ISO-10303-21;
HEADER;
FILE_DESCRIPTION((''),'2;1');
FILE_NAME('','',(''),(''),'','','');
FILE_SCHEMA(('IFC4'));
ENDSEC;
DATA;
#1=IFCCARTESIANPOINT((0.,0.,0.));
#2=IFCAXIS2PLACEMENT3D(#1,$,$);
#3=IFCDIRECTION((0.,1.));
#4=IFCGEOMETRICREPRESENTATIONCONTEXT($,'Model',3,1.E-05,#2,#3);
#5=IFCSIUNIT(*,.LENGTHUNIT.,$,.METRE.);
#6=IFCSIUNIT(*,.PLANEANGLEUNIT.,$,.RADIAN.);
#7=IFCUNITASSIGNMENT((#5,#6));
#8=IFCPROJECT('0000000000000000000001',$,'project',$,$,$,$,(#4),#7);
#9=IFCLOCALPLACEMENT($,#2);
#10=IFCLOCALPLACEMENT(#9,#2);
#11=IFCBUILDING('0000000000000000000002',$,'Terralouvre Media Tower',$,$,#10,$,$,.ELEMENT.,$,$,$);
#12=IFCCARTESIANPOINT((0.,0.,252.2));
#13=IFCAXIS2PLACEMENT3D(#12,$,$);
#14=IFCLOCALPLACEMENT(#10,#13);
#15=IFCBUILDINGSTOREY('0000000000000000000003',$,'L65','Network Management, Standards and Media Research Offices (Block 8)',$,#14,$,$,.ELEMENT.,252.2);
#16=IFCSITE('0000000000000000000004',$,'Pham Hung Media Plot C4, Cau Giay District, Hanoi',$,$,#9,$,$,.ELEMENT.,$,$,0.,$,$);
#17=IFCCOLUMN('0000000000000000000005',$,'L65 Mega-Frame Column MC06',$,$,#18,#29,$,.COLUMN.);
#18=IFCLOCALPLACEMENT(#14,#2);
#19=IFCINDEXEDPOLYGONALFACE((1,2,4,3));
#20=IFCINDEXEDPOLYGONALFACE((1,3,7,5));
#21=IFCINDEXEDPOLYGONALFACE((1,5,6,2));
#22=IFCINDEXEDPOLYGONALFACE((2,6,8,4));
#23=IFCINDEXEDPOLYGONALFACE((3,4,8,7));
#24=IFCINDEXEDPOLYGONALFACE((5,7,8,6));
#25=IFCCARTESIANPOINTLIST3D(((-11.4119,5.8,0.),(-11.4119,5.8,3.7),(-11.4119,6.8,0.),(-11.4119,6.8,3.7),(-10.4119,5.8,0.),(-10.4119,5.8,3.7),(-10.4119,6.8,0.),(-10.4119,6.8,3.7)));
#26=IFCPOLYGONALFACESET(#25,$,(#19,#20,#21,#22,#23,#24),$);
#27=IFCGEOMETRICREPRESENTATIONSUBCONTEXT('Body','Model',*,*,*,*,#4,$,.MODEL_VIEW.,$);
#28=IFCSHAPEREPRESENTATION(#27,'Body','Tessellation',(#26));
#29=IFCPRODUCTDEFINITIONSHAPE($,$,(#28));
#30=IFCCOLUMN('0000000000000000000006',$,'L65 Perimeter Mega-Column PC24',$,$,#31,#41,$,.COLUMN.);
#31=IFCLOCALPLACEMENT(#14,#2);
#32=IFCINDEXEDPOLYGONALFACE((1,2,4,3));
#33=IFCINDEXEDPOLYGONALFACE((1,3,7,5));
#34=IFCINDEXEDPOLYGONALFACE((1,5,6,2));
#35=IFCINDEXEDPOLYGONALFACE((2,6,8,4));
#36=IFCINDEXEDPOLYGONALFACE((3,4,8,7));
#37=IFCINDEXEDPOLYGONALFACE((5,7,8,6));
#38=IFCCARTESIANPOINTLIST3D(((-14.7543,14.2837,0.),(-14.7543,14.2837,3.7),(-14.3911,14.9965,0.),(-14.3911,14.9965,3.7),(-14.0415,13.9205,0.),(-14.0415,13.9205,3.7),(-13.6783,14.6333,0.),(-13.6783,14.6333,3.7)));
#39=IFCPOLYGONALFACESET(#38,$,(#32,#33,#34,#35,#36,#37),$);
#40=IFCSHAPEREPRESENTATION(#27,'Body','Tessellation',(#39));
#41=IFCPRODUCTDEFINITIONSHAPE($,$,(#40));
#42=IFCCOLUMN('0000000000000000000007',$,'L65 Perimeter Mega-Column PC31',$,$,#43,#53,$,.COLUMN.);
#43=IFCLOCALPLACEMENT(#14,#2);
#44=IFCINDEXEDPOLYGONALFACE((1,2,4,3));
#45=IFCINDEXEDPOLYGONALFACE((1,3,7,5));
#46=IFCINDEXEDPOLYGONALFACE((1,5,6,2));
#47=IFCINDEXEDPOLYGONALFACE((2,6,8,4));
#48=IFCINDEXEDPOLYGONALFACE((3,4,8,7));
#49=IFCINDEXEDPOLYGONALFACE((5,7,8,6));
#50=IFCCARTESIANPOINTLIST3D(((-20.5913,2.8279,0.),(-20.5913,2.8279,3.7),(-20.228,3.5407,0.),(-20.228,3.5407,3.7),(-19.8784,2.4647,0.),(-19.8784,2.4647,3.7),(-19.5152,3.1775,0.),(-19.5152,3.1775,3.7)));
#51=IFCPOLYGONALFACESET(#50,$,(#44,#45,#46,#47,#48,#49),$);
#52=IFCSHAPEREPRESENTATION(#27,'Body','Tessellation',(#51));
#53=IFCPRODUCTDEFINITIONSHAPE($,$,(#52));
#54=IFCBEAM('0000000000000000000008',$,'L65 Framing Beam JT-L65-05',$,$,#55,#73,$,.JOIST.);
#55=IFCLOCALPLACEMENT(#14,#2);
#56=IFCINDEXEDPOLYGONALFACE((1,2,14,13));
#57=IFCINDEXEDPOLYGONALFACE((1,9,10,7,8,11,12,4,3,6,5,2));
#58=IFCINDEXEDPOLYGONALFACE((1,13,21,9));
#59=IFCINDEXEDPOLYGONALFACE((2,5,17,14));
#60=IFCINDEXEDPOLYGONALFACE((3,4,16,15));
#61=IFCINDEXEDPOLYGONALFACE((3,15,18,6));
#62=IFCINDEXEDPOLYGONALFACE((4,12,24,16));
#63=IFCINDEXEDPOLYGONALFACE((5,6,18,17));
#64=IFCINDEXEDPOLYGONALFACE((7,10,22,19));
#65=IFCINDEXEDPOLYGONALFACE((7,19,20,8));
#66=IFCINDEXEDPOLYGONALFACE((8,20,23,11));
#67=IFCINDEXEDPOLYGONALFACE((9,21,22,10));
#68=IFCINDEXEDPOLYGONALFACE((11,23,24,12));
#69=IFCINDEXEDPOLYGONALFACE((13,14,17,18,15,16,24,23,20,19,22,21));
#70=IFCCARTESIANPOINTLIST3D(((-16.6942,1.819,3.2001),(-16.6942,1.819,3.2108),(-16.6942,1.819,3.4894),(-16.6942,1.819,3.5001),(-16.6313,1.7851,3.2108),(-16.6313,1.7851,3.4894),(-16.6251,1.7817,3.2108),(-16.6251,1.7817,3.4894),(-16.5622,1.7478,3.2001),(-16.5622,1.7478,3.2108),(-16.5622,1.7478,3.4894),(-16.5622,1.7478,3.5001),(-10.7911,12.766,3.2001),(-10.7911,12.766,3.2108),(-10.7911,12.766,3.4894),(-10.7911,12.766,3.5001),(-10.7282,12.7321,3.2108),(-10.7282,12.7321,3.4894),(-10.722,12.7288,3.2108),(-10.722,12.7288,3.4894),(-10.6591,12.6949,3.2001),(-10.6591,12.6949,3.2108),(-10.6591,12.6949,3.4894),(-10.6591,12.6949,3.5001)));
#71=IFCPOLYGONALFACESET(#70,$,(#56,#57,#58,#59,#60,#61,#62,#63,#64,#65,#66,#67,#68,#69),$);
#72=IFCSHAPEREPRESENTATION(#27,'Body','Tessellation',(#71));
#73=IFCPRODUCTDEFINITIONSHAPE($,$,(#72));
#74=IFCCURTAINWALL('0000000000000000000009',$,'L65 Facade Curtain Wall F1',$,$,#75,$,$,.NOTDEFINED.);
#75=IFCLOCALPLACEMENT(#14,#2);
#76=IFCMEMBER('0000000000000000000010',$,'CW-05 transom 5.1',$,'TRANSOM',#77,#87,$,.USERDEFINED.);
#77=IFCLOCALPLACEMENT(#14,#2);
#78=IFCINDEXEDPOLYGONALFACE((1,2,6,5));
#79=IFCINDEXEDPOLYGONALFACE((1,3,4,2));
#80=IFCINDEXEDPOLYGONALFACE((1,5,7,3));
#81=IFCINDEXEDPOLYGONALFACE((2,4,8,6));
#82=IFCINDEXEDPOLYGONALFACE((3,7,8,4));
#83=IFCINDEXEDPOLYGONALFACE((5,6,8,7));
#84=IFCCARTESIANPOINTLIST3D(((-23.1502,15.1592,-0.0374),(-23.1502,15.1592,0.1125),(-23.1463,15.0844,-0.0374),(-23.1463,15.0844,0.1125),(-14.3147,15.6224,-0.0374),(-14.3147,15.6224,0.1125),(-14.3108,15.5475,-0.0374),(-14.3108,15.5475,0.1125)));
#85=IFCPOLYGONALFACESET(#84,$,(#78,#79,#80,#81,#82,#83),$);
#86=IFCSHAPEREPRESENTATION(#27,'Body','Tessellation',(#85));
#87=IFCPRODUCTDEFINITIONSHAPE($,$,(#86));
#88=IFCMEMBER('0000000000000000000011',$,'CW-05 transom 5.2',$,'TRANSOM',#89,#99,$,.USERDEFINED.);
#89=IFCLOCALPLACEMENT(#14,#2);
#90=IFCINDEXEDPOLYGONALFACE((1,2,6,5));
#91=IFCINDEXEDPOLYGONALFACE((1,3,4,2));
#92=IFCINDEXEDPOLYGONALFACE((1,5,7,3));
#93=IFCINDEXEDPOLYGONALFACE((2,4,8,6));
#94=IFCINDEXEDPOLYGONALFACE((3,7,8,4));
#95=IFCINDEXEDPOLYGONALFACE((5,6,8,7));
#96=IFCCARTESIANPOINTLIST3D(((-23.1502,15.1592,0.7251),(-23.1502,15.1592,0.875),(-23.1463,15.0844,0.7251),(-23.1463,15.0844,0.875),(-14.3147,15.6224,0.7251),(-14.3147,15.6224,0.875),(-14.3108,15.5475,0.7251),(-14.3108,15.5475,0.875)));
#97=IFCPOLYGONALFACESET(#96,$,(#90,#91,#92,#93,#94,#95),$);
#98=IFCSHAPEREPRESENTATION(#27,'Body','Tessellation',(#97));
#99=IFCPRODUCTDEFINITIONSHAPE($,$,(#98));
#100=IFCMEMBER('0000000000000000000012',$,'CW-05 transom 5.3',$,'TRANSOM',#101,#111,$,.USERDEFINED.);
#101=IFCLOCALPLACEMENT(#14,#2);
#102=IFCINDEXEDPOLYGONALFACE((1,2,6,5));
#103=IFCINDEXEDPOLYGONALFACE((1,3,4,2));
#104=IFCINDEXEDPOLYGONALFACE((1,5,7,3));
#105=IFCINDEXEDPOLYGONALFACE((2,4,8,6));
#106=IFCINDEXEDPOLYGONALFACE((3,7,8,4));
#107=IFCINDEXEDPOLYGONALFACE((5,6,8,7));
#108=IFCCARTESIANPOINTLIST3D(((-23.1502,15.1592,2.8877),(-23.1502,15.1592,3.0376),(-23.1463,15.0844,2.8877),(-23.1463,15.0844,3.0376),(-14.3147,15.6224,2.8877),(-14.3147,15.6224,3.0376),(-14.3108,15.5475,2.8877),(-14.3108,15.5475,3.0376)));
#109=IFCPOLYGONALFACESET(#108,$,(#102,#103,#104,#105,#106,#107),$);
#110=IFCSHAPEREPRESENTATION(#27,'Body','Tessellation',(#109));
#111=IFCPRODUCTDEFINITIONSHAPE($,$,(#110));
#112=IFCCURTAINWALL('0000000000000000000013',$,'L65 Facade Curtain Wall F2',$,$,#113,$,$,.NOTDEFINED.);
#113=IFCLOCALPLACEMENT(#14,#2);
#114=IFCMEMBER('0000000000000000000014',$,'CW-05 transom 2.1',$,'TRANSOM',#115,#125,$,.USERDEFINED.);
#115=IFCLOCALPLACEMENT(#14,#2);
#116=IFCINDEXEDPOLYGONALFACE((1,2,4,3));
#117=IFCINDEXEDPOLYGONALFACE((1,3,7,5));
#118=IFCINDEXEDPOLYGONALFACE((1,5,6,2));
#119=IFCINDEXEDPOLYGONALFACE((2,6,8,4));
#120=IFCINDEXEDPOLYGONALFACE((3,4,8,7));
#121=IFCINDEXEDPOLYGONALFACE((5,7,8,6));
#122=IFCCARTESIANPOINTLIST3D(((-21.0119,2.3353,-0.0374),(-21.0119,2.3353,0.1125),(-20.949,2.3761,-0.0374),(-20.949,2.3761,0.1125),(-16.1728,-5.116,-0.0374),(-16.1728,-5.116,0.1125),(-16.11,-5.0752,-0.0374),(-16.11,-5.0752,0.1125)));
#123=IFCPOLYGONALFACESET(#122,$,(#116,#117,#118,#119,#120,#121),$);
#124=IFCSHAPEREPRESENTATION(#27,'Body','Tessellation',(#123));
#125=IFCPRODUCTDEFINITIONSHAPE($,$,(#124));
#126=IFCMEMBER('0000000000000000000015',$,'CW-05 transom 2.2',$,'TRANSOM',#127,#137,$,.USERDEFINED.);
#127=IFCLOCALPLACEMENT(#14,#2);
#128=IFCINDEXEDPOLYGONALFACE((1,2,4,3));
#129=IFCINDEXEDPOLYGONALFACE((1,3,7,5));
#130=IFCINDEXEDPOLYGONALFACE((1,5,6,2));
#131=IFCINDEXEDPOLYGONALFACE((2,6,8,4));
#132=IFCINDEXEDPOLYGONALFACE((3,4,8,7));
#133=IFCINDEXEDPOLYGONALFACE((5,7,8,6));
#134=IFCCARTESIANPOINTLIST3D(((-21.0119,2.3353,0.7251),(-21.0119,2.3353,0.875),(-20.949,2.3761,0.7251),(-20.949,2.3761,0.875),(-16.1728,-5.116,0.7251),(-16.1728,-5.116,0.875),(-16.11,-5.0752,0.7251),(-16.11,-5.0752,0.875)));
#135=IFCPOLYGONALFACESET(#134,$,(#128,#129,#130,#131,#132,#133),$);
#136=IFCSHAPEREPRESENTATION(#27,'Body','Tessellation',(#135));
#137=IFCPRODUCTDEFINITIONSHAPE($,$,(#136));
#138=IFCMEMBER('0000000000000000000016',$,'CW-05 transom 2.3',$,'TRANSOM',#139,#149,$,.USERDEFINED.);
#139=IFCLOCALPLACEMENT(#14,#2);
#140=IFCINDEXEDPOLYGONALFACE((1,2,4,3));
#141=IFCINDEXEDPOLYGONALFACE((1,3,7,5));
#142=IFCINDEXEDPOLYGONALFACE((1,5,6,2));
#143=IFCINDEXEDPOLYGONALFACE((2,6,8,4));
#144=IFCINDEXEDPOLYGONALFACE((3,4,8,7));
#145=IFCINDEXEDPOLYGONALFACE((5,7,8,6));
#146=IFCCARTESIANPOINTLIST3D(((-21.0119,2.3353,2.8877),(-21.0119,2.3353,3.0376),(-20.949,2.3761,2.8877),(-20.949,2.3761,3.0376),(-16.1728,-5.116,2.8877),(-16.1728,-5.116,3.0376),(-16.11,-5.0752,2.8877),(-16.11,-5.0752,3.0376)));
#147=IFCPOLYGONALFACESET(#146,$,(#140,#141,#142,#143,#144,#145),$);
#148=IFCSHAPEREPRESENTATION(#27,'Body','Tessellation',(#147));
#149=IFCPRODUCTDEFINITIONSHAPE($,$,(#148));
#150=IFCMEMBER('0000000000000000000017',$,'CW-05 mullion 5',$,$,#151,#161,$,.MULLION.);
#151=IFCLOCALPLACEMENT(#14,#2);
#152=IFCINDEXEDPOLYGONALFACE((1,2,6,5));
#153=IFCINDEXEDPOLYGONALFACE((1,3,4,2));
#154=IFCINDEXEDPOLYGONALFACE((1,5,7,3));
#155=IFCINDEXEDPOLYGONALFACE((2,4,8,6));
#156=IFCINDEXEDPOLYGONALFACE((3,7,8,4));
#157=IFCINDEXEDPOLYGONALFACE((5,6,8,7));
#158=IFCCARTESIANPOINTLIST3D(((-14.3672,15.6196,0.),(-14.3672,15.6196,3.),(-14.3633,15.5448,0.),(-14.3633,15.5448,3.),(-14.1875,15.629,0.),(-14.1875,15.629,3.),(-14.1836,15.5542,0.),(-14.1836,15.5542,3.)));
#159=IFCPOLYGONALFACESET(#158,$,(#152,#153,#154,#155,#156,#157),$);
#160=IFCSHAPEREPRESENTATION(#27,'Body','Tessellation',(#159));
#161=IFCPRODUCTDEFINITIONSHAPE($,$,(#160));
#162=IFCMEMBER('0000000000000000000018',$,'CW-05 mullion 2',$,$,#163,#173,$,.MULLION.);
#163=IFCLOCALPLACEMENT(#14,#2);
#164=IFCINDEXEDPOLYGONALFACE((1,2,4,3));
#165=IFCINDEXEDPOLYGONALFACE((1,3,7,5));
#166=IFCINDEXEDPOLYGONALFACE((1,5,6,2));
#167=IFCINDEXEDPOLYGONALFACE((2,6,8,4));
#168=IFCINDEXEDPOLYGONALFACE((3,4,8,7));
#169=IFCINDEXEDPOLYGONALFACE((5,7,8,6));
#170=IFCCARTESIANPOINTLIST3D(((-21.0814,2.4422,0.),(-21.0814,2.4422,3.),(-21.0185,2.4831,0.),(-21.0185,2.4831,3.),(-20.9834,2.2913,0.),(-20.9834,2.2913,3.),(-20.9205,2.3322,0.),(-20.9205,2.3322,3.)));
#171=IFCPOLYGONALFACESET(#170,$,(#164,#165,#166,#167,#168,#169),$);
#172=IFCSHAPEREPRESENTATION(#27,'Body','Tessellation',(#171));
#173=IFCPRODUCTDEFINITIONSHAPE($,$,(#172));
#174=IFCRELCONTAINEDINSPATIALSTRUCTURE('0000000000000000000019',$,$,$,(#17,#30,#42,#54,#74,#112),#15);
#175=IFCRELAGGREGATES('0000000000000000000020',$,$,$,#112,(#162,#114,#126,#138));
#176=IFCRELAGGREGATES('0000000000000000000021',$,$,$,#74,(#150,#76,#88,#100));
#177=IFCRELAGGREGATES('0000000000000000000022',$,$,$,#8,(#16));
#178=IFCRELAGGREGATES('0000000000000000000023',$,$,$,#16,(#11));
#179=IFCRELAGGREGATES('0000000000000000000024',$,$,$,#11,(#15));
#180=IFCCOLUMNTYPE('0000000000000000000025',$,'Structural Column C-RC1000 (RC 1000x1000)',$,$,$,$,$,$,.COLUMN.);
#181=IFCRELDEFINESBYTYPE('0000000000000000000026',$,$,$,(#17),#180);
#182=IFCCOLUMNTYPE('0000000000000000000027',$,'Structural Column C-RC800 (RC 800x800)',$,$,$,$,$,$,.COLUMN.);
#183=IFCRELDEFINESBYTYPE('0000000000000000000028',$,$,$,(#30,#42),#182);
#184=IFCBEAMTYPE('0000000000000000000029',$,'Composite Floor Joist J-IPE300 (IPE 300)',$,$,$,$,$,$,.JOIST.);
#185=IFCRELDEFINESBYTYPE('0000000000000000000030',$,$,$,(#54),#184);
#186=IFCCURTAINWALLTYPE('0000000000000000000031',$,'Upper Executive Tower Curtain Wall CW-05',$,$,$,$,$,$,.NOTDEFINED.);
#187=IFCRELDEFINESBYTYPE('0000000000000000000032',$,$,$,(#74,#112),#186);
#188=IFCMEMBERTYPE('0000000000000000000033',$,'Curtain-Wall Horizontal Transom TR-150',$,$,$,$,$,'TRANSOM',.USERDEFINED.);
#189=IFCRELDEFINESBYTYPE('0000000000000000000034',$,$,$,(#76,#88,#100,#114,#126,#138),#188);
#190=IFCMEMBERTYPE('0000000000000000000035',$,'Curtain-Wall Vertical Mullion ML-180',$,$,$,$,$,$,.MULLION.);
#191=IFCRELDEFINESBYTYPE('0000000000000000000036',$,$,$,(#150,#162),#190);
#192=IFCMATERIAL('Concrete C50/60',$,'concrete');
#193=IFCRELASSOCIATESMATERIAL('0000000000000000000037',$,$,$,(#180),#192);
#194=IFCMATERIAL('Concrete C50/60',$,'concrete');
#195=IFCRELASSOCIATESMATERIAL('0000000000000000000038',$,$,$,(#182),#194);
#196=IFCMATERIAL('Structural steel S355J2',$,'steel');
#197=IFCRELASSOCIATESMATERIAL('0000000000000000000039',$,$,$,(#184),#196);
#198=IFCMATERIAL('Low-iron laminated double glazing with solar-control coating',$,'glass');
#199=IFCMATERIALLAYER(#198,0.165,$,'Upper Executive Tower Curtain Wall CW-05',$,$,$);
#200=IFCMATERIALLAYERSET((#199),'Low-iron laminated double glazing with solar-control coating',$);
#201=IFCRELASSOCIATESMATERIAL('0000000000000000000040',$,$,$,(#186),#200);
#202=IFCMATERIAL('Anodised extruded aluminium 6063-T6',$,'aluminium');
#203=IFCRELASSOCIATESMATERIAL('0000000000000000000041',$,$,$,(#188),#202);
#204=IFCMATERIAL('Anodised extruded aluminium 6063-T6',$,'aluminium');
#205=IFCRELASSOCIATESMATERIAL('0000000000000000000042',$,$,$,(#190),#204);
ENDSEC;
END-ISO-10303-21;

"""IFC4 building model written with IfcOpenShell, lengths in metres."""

from ifc_helpers import new_model, si_unit, direction, frame, origin, origin_2d, place, context, subcontext, project, spatial, rectangle, i_section, extrude, material, layer, layer_set, material_profile, profile_set, type_object, element, aggregate, save


model = new_model("IFC4")

# Units and contexts
model_context = context("Model", 3, precision=1e-05, world=origin(), true_north=direction((0.0, 1.0)))
body_context = subcontext(model_context, "Body", "Model", "MODEL_VIEW")
ifc_project = project(units=[si_unit("LENGTHUNIT", "METRE"), si_unit("PLANEANGLEUNIT", "RADIAN")], contexts=[model_context])

# Site, building, storey
site_placement = place(None, origin())
site = spatial("IfcSite", under=ifc_project, at=site_placement, Name="Pham Hung Media Plot C4, Cau Giay District, Hanoi", CompositionType="ELEMENT", RefElevation=0.0)
building_placement = place(site_placement, origin())
building = spatial("IfcBuilding", under=site, at=building_placement, Name="Terralouvre Media Tower", CompositionType="ELEMENT")
storey_placement = place(building_placement, frame((0.0, 0.0, 252.2)))
storey = spatial("IfcBuildingStorey", under=building, at=storey_placement, Name="L65", Description="Network Management, Standards and Media Research Offices (Block 8)", CompositionType="ELEMENT", Elevation=252.2)

# Columns
ifc_material_1 = material(Name="Concrete C50/60", Category="concrete")
ifc_material_profile_1 = material_profile(ifc_material_1, rectangle(XDim=1.0, YDim=1.0, at=origin_2d()), Name="RC 1000x1000")
ifc_profile_set_1 = profile_set([ifc_material_profile_1], Name="Concrete C50/60")
column_type_1 = type_object("IfcColumnType", Name="Structural Column C-RC1000 (RC 1000x1000)", PredefinedType="COLUMN", material=ifc_profile_set_1)
column_placement = place(storey_placement, frame((-10.9119, 6.3, 0.0), z_axis=(0.0, 0.0, 1.0), x_axis=(1.0, 0.0, 0.0)))
element("IfcColumn", 1, at=column_placement, inside=storey, type_object=column_type_1, Name="L65 Mega-Frame Column MC06", PredefinedType="COLUMN", context=body_context, shape_type="SweptSolid", body=[
    extrude(rectangle(XDim=1.0, YDim=1.0, at=origin_2d()), origin(), (0.0, 0.0, 1.0), 3.7),
])
ifc_material_2 = material(Name="Concrete C50/60", Category="concrete")
ifc_material_profile_2 = material_profile(ifc_material_2, rectangle(XDim=0.8, YDim=0.8, at=origin_2d()), Name="RC 800x800")
ifc_profile_set_2 = profile_set([ifc_material_profile_2], Name="Concrete C50/60")
column_type_2 = type_object("IfcColumnType", Name="Structural Column C-RC800 (RC 800x800)", PredefinedType="COLUMN", material=ifc_profile_set_2)
for number, where, z_axis, x_axis, name in (
    (2, (-14.2163, 14.4585, 0.0), (0.0, 0.0, 1.0), (0.45399, 0.891007, 0.0), "L65 Perimeter Mega-Column PC24"),
    (3, (-20.0532, 3.0027, 0.0), (0.0, 0.0, 1.0), (0.45399, 0.891007, 0.0), "L65 Perimeter Mega-Column PC31"),
):
    element("IfcColumn", number, at=place(storey_placement, frame(where, z_axis=z_axis, x_axis=x_axis)), inside=storey, type_object=column_type_2, Name=name, PredefinedType="COLUMN", context=body_context, shape_type="SweptSolid", body=[
        extrude(rectangle(XDim=0.8, YDim=0.8, at=origin_2d()), origin(), (0.0, 0.0, 1.0), 3.7),
    ])

# Beam
ifc_material_3 = material(Name="Structural steel S355J2", Category="steel")
ifc_material_profile_3 = material_profile(ifc_material_3, i_section(OverallWidth=0.1499, OverallDepth=0.3, WebThickness=0.0071, FlangeThickness=0.0107, at=origin_2d()), Name="IPE 300")
ifc_profile_set_3 = profile_set([ifc_material_profile_3], Name="Structural steel S355J2")
beam_type_1 = type_object("IfcBeamType", Name="Composite Floor Joist J-IPE300 (IPE 300)", PredefinedType="JOIST", material=ifc_profile_set_3)
beam_1_placement = place(storey_placement, frame((-10.7251, 12.7305, 3.3501), z_axis=(-0.474631, -0.880185, 0.0), x_axis=(0.880185, -0.474631, 0.0)))
element("IfcBeam", 4, at=beam_1_placement, inside=storey, type_object=beam_type_1, Name="L65 Framing Beam JT-L65-05", PredefinedType="JOIST", context=body_context, shape_type="SweptSolid", body=[
    extrude(i_section(OverallWidth=0.1499, OverallDepth=0.3, WebThickness=0.0071, FlangeThickness=0.0107, at=origin_2d()), origin(), (0.0, 0.0, 1.0), 12.4373),
])

# Curtain walls, members
ifc_material_4 = material(Name="Low-iron laminated double glazing with solar-control coating", Category="glass")
ifc_layer_1 = layer(ifc_material_4, 0.165, Name="Upper Executive Tower Curtain Wall CW-05")
ifc_layer_set_1 = layer_set([ifc_layer_1], Name="Low-iron laminated double glazing with solar-control coating")
curtain_wall_type = type_object("IfcCurtainWallType", Name="Upper Executive Tower Curtain Wall CW-05", PredefinedType="NOTDEFINED", material=ifc_layer_set_1)
curtain_wall_1_placement = place(storey_placement, origin())
curtain_wall_1 = element("IfcCurtainWall", 5, at=curtain_wall_1_placement, inside=storey, type_object=curtain_wall_type, Name="L65 Facade Curtain Wall F1", PredefinedType="NOTDEFINED")
ifc_material_5 = material(Name="Anodised extruded aluminium 6063-T6", Category="aluminium")
ifc_material_profile_4 = material_profile(ifc_material_5, rectangle(XDim=0.075, YDim=0.1499, at=origin_2d()), Name="ALU 75x150")
ifc_profile_set_4 = profile_set([ifc_material_profile_4], Name="Anodised extruded aluminium 6063-T6")
member_type_1 = type_object("IfcMemberType", Name="Curtain-Wall Horizontal Transom TR-150", ElementType="TRANSOM", PredefinedType="USERDEFINED", material=ifc_profile_set_4)
member_1_placement = place(storey_placement, frame((-14.3127, 15.585, 0.0376), z_axis=(-0.998629, -0.052346, 0.0), x_axis=(0.052346, -0.998629, 0.0)))
member_1 = element("IfcMember", 6, at=member_1_placement, type_object=member_type_1, Name="CW-05 transom 5.1", ObjectType="TRANSOM", PredefinedType="USERDEFINED", context=body_context, shape_type="SweptSolid", body=[
    extrude(rectangle(XDim=0.075, YDim=0.1499, at=origin_2d()), origin(), (0.0, 0.0, 1.0), 8.8477),
])
member_2_placement = place(storey_placement, frame((-14.3127, 15.585, 0.8), z_axis=(-0.998629, -0.052346, 0.0), x_axis=(0.052346, -0.998629, 0.0)))
member_2 = element("IfcMember", 7, at=member_2_placement, type_object=member_type_1, Name="CW-05 transom 5.2", ObjectType="TRANSOM", PredefinedType="USERDEFINED", context=body_context, shape_type="SweptSolid", body=[
    extrude(rectangle(XDim=0.075, YDim=0.1499, at=origin_2d()), origin(), (0.0, 0.0, 1.0), 8.8477),
])
member_3_placement = place(storey_placement, frame((-14.3127, 15.585, 2.9626), z_axis=(-0.998629, -0.052346, 0.0), x_axis=(0.052346, -0.998629, 0.0)))
member_3 = element("IfcMember", 8, at=member_3_placement, type_object=member_type_1, Name="CW-05 transom 5.3", ObjectType="TRANSOM", PredefinedType="USERDEFINED", context=body_context, shape_type="SweptSolid", body=[
    extrude(rectangle(XDim=0.075, YDim=0.1499, at=origin_2d()), origin(), (0.0, 0.0, 1.0), 8.8477),
])
curtain_wall_2_placement = place(storey_placement, origin())
curtain_wall_2 = element("IfcCurtainWall", 9, at=curtain_wall_2_placement, inside=storey, type_object=curtain_wall_type, Name="L65 Facade Curtain Wall F2", PredefinedType="NOTDEFINED")
member_4_placement = place(storey_placement, frame((-20.9805, 2.3557, 0.0376), z_axis=(0.544647, -0.838665, 0.0), x_axis=(0.838665, 0.544647, 0.0)))
member_4 = element("IfcMember", 10, at=member_4_placement, type_object=member_type_1, Name="CW-05 transom 2.1", ObjectType="TRANSOM", PredefinedType="USERDEFINED", context=body_context, shape_type="SweptSolid", body=[
    extrude(rectangle(XDim=0.075, YDim=0.1499, at=origin_2d()), origin(), (0.0, 0.0, 1.0), 8.8848),
])
member_5_placement = place(storey_placement, frame((-20.9805, 2.3557, 0.8), z_axis=(0.544647, -0.838665, 0.0), x_axis=(0.838665, 0.544647, 0.0)))
member_5 = element("IfcMember", 11, at=member_5_placement, type_object=member_type_1, Name="CW-05 transom 2.2", ObjectType="TRANSOM", PredefinedType="USERDEFINED", context=body_context, shape_type="SweptSolid", body=[
    extrude(rectangle(XDim=0.075, YDim=0.1499, at=origin_2d()), origin(), (0.0, 0.0, 1.0), 8.8848),
])
member_6_placement = place(storey_placement, frame((-20.9805, 2.3557, 2.9626), z_axis=(0.544647, -0.838665, 0.0), x_axis=(0.838665, 0.544647, 0.0)))
member_6 = element("IfcMember", 12, at=member_6_placement, type_object=member_type_1, Name="CW-05 transom 2.3", ObjectType="TRANSOM", PredefinedType="USERDEFINED", context=body_context, shape_type="SweptSolid", body=[
    extrude(rectangle(XDim=0.075, YDim=0.1499, at=origin_2d()), origin(), (0.0, 0.0, 1.0), 8.8848),
])

# Members
ifc_material_6 = material(Name="Anodised extruded aluminium 6063-T6", Category="aluminium")
ifc_material_profile_5 = material_profile(ifc_material_6, rectangle(XDim=0.075, YDim=0.1799, at=origin_2d()), Name="ALU 75x180")
ifc_profile_set_5 = profile_set([ifc_material_profile_5], Name="Anodised extruded aluminium 6063-T6")
member_type_2 = type_object("IfcMemberType", Name="Curtain-Wall Vertical Mullion ML-180", PredefinedType="MULLION", material=ifc_profile_set_5)
member_7_placement = place(storey_placement, frame((-14.2754, 15.5869, 0.0), z_axis=(0.0, 0.0, 1.0), x_axis=(0.052336, -0.99863, 0.0)))
member_7 = element("IfcMember", 13, at=member_7_placement, type_object=member_type_2, Name="CW-05 mullion 5", PredefinedType="MULLION", context=body_context, shape_type="SweptSolid", body=[
    extrude(rectangle(XDim=0.075, YDim=0.1799, at=origin_2d()), origin(), (0.0, 0.0, 1.0), 3.0),
])
member_8_placement = place(storey_placement, frame((-21.001, 2.3872, 0.0), z_axis=(0.0, 0.0, 1.0), x_axis=(0.838671, 0.544639, 0.0)))
member_8 = element("IfcMember", 14, at=member_8_placement, type_object=member_type_2, Name="CW-05 mullion 2", PredefinedType="MULLION", context=body_context, shape_type="SweptSolid", body=[
    extrude(rectangle(XDim=0.075, YDim=0.1799, at=origin_2d()), origin(), (0.0, 0.0, 1.0), 3.0),
])
aggregate(curtain_wall_2, [member_8, member_4, member_5, member_6])

aggregate(curtain_wall_1, [member_7, member_1, member_2, member_3])

save(model, "model.ifc")
